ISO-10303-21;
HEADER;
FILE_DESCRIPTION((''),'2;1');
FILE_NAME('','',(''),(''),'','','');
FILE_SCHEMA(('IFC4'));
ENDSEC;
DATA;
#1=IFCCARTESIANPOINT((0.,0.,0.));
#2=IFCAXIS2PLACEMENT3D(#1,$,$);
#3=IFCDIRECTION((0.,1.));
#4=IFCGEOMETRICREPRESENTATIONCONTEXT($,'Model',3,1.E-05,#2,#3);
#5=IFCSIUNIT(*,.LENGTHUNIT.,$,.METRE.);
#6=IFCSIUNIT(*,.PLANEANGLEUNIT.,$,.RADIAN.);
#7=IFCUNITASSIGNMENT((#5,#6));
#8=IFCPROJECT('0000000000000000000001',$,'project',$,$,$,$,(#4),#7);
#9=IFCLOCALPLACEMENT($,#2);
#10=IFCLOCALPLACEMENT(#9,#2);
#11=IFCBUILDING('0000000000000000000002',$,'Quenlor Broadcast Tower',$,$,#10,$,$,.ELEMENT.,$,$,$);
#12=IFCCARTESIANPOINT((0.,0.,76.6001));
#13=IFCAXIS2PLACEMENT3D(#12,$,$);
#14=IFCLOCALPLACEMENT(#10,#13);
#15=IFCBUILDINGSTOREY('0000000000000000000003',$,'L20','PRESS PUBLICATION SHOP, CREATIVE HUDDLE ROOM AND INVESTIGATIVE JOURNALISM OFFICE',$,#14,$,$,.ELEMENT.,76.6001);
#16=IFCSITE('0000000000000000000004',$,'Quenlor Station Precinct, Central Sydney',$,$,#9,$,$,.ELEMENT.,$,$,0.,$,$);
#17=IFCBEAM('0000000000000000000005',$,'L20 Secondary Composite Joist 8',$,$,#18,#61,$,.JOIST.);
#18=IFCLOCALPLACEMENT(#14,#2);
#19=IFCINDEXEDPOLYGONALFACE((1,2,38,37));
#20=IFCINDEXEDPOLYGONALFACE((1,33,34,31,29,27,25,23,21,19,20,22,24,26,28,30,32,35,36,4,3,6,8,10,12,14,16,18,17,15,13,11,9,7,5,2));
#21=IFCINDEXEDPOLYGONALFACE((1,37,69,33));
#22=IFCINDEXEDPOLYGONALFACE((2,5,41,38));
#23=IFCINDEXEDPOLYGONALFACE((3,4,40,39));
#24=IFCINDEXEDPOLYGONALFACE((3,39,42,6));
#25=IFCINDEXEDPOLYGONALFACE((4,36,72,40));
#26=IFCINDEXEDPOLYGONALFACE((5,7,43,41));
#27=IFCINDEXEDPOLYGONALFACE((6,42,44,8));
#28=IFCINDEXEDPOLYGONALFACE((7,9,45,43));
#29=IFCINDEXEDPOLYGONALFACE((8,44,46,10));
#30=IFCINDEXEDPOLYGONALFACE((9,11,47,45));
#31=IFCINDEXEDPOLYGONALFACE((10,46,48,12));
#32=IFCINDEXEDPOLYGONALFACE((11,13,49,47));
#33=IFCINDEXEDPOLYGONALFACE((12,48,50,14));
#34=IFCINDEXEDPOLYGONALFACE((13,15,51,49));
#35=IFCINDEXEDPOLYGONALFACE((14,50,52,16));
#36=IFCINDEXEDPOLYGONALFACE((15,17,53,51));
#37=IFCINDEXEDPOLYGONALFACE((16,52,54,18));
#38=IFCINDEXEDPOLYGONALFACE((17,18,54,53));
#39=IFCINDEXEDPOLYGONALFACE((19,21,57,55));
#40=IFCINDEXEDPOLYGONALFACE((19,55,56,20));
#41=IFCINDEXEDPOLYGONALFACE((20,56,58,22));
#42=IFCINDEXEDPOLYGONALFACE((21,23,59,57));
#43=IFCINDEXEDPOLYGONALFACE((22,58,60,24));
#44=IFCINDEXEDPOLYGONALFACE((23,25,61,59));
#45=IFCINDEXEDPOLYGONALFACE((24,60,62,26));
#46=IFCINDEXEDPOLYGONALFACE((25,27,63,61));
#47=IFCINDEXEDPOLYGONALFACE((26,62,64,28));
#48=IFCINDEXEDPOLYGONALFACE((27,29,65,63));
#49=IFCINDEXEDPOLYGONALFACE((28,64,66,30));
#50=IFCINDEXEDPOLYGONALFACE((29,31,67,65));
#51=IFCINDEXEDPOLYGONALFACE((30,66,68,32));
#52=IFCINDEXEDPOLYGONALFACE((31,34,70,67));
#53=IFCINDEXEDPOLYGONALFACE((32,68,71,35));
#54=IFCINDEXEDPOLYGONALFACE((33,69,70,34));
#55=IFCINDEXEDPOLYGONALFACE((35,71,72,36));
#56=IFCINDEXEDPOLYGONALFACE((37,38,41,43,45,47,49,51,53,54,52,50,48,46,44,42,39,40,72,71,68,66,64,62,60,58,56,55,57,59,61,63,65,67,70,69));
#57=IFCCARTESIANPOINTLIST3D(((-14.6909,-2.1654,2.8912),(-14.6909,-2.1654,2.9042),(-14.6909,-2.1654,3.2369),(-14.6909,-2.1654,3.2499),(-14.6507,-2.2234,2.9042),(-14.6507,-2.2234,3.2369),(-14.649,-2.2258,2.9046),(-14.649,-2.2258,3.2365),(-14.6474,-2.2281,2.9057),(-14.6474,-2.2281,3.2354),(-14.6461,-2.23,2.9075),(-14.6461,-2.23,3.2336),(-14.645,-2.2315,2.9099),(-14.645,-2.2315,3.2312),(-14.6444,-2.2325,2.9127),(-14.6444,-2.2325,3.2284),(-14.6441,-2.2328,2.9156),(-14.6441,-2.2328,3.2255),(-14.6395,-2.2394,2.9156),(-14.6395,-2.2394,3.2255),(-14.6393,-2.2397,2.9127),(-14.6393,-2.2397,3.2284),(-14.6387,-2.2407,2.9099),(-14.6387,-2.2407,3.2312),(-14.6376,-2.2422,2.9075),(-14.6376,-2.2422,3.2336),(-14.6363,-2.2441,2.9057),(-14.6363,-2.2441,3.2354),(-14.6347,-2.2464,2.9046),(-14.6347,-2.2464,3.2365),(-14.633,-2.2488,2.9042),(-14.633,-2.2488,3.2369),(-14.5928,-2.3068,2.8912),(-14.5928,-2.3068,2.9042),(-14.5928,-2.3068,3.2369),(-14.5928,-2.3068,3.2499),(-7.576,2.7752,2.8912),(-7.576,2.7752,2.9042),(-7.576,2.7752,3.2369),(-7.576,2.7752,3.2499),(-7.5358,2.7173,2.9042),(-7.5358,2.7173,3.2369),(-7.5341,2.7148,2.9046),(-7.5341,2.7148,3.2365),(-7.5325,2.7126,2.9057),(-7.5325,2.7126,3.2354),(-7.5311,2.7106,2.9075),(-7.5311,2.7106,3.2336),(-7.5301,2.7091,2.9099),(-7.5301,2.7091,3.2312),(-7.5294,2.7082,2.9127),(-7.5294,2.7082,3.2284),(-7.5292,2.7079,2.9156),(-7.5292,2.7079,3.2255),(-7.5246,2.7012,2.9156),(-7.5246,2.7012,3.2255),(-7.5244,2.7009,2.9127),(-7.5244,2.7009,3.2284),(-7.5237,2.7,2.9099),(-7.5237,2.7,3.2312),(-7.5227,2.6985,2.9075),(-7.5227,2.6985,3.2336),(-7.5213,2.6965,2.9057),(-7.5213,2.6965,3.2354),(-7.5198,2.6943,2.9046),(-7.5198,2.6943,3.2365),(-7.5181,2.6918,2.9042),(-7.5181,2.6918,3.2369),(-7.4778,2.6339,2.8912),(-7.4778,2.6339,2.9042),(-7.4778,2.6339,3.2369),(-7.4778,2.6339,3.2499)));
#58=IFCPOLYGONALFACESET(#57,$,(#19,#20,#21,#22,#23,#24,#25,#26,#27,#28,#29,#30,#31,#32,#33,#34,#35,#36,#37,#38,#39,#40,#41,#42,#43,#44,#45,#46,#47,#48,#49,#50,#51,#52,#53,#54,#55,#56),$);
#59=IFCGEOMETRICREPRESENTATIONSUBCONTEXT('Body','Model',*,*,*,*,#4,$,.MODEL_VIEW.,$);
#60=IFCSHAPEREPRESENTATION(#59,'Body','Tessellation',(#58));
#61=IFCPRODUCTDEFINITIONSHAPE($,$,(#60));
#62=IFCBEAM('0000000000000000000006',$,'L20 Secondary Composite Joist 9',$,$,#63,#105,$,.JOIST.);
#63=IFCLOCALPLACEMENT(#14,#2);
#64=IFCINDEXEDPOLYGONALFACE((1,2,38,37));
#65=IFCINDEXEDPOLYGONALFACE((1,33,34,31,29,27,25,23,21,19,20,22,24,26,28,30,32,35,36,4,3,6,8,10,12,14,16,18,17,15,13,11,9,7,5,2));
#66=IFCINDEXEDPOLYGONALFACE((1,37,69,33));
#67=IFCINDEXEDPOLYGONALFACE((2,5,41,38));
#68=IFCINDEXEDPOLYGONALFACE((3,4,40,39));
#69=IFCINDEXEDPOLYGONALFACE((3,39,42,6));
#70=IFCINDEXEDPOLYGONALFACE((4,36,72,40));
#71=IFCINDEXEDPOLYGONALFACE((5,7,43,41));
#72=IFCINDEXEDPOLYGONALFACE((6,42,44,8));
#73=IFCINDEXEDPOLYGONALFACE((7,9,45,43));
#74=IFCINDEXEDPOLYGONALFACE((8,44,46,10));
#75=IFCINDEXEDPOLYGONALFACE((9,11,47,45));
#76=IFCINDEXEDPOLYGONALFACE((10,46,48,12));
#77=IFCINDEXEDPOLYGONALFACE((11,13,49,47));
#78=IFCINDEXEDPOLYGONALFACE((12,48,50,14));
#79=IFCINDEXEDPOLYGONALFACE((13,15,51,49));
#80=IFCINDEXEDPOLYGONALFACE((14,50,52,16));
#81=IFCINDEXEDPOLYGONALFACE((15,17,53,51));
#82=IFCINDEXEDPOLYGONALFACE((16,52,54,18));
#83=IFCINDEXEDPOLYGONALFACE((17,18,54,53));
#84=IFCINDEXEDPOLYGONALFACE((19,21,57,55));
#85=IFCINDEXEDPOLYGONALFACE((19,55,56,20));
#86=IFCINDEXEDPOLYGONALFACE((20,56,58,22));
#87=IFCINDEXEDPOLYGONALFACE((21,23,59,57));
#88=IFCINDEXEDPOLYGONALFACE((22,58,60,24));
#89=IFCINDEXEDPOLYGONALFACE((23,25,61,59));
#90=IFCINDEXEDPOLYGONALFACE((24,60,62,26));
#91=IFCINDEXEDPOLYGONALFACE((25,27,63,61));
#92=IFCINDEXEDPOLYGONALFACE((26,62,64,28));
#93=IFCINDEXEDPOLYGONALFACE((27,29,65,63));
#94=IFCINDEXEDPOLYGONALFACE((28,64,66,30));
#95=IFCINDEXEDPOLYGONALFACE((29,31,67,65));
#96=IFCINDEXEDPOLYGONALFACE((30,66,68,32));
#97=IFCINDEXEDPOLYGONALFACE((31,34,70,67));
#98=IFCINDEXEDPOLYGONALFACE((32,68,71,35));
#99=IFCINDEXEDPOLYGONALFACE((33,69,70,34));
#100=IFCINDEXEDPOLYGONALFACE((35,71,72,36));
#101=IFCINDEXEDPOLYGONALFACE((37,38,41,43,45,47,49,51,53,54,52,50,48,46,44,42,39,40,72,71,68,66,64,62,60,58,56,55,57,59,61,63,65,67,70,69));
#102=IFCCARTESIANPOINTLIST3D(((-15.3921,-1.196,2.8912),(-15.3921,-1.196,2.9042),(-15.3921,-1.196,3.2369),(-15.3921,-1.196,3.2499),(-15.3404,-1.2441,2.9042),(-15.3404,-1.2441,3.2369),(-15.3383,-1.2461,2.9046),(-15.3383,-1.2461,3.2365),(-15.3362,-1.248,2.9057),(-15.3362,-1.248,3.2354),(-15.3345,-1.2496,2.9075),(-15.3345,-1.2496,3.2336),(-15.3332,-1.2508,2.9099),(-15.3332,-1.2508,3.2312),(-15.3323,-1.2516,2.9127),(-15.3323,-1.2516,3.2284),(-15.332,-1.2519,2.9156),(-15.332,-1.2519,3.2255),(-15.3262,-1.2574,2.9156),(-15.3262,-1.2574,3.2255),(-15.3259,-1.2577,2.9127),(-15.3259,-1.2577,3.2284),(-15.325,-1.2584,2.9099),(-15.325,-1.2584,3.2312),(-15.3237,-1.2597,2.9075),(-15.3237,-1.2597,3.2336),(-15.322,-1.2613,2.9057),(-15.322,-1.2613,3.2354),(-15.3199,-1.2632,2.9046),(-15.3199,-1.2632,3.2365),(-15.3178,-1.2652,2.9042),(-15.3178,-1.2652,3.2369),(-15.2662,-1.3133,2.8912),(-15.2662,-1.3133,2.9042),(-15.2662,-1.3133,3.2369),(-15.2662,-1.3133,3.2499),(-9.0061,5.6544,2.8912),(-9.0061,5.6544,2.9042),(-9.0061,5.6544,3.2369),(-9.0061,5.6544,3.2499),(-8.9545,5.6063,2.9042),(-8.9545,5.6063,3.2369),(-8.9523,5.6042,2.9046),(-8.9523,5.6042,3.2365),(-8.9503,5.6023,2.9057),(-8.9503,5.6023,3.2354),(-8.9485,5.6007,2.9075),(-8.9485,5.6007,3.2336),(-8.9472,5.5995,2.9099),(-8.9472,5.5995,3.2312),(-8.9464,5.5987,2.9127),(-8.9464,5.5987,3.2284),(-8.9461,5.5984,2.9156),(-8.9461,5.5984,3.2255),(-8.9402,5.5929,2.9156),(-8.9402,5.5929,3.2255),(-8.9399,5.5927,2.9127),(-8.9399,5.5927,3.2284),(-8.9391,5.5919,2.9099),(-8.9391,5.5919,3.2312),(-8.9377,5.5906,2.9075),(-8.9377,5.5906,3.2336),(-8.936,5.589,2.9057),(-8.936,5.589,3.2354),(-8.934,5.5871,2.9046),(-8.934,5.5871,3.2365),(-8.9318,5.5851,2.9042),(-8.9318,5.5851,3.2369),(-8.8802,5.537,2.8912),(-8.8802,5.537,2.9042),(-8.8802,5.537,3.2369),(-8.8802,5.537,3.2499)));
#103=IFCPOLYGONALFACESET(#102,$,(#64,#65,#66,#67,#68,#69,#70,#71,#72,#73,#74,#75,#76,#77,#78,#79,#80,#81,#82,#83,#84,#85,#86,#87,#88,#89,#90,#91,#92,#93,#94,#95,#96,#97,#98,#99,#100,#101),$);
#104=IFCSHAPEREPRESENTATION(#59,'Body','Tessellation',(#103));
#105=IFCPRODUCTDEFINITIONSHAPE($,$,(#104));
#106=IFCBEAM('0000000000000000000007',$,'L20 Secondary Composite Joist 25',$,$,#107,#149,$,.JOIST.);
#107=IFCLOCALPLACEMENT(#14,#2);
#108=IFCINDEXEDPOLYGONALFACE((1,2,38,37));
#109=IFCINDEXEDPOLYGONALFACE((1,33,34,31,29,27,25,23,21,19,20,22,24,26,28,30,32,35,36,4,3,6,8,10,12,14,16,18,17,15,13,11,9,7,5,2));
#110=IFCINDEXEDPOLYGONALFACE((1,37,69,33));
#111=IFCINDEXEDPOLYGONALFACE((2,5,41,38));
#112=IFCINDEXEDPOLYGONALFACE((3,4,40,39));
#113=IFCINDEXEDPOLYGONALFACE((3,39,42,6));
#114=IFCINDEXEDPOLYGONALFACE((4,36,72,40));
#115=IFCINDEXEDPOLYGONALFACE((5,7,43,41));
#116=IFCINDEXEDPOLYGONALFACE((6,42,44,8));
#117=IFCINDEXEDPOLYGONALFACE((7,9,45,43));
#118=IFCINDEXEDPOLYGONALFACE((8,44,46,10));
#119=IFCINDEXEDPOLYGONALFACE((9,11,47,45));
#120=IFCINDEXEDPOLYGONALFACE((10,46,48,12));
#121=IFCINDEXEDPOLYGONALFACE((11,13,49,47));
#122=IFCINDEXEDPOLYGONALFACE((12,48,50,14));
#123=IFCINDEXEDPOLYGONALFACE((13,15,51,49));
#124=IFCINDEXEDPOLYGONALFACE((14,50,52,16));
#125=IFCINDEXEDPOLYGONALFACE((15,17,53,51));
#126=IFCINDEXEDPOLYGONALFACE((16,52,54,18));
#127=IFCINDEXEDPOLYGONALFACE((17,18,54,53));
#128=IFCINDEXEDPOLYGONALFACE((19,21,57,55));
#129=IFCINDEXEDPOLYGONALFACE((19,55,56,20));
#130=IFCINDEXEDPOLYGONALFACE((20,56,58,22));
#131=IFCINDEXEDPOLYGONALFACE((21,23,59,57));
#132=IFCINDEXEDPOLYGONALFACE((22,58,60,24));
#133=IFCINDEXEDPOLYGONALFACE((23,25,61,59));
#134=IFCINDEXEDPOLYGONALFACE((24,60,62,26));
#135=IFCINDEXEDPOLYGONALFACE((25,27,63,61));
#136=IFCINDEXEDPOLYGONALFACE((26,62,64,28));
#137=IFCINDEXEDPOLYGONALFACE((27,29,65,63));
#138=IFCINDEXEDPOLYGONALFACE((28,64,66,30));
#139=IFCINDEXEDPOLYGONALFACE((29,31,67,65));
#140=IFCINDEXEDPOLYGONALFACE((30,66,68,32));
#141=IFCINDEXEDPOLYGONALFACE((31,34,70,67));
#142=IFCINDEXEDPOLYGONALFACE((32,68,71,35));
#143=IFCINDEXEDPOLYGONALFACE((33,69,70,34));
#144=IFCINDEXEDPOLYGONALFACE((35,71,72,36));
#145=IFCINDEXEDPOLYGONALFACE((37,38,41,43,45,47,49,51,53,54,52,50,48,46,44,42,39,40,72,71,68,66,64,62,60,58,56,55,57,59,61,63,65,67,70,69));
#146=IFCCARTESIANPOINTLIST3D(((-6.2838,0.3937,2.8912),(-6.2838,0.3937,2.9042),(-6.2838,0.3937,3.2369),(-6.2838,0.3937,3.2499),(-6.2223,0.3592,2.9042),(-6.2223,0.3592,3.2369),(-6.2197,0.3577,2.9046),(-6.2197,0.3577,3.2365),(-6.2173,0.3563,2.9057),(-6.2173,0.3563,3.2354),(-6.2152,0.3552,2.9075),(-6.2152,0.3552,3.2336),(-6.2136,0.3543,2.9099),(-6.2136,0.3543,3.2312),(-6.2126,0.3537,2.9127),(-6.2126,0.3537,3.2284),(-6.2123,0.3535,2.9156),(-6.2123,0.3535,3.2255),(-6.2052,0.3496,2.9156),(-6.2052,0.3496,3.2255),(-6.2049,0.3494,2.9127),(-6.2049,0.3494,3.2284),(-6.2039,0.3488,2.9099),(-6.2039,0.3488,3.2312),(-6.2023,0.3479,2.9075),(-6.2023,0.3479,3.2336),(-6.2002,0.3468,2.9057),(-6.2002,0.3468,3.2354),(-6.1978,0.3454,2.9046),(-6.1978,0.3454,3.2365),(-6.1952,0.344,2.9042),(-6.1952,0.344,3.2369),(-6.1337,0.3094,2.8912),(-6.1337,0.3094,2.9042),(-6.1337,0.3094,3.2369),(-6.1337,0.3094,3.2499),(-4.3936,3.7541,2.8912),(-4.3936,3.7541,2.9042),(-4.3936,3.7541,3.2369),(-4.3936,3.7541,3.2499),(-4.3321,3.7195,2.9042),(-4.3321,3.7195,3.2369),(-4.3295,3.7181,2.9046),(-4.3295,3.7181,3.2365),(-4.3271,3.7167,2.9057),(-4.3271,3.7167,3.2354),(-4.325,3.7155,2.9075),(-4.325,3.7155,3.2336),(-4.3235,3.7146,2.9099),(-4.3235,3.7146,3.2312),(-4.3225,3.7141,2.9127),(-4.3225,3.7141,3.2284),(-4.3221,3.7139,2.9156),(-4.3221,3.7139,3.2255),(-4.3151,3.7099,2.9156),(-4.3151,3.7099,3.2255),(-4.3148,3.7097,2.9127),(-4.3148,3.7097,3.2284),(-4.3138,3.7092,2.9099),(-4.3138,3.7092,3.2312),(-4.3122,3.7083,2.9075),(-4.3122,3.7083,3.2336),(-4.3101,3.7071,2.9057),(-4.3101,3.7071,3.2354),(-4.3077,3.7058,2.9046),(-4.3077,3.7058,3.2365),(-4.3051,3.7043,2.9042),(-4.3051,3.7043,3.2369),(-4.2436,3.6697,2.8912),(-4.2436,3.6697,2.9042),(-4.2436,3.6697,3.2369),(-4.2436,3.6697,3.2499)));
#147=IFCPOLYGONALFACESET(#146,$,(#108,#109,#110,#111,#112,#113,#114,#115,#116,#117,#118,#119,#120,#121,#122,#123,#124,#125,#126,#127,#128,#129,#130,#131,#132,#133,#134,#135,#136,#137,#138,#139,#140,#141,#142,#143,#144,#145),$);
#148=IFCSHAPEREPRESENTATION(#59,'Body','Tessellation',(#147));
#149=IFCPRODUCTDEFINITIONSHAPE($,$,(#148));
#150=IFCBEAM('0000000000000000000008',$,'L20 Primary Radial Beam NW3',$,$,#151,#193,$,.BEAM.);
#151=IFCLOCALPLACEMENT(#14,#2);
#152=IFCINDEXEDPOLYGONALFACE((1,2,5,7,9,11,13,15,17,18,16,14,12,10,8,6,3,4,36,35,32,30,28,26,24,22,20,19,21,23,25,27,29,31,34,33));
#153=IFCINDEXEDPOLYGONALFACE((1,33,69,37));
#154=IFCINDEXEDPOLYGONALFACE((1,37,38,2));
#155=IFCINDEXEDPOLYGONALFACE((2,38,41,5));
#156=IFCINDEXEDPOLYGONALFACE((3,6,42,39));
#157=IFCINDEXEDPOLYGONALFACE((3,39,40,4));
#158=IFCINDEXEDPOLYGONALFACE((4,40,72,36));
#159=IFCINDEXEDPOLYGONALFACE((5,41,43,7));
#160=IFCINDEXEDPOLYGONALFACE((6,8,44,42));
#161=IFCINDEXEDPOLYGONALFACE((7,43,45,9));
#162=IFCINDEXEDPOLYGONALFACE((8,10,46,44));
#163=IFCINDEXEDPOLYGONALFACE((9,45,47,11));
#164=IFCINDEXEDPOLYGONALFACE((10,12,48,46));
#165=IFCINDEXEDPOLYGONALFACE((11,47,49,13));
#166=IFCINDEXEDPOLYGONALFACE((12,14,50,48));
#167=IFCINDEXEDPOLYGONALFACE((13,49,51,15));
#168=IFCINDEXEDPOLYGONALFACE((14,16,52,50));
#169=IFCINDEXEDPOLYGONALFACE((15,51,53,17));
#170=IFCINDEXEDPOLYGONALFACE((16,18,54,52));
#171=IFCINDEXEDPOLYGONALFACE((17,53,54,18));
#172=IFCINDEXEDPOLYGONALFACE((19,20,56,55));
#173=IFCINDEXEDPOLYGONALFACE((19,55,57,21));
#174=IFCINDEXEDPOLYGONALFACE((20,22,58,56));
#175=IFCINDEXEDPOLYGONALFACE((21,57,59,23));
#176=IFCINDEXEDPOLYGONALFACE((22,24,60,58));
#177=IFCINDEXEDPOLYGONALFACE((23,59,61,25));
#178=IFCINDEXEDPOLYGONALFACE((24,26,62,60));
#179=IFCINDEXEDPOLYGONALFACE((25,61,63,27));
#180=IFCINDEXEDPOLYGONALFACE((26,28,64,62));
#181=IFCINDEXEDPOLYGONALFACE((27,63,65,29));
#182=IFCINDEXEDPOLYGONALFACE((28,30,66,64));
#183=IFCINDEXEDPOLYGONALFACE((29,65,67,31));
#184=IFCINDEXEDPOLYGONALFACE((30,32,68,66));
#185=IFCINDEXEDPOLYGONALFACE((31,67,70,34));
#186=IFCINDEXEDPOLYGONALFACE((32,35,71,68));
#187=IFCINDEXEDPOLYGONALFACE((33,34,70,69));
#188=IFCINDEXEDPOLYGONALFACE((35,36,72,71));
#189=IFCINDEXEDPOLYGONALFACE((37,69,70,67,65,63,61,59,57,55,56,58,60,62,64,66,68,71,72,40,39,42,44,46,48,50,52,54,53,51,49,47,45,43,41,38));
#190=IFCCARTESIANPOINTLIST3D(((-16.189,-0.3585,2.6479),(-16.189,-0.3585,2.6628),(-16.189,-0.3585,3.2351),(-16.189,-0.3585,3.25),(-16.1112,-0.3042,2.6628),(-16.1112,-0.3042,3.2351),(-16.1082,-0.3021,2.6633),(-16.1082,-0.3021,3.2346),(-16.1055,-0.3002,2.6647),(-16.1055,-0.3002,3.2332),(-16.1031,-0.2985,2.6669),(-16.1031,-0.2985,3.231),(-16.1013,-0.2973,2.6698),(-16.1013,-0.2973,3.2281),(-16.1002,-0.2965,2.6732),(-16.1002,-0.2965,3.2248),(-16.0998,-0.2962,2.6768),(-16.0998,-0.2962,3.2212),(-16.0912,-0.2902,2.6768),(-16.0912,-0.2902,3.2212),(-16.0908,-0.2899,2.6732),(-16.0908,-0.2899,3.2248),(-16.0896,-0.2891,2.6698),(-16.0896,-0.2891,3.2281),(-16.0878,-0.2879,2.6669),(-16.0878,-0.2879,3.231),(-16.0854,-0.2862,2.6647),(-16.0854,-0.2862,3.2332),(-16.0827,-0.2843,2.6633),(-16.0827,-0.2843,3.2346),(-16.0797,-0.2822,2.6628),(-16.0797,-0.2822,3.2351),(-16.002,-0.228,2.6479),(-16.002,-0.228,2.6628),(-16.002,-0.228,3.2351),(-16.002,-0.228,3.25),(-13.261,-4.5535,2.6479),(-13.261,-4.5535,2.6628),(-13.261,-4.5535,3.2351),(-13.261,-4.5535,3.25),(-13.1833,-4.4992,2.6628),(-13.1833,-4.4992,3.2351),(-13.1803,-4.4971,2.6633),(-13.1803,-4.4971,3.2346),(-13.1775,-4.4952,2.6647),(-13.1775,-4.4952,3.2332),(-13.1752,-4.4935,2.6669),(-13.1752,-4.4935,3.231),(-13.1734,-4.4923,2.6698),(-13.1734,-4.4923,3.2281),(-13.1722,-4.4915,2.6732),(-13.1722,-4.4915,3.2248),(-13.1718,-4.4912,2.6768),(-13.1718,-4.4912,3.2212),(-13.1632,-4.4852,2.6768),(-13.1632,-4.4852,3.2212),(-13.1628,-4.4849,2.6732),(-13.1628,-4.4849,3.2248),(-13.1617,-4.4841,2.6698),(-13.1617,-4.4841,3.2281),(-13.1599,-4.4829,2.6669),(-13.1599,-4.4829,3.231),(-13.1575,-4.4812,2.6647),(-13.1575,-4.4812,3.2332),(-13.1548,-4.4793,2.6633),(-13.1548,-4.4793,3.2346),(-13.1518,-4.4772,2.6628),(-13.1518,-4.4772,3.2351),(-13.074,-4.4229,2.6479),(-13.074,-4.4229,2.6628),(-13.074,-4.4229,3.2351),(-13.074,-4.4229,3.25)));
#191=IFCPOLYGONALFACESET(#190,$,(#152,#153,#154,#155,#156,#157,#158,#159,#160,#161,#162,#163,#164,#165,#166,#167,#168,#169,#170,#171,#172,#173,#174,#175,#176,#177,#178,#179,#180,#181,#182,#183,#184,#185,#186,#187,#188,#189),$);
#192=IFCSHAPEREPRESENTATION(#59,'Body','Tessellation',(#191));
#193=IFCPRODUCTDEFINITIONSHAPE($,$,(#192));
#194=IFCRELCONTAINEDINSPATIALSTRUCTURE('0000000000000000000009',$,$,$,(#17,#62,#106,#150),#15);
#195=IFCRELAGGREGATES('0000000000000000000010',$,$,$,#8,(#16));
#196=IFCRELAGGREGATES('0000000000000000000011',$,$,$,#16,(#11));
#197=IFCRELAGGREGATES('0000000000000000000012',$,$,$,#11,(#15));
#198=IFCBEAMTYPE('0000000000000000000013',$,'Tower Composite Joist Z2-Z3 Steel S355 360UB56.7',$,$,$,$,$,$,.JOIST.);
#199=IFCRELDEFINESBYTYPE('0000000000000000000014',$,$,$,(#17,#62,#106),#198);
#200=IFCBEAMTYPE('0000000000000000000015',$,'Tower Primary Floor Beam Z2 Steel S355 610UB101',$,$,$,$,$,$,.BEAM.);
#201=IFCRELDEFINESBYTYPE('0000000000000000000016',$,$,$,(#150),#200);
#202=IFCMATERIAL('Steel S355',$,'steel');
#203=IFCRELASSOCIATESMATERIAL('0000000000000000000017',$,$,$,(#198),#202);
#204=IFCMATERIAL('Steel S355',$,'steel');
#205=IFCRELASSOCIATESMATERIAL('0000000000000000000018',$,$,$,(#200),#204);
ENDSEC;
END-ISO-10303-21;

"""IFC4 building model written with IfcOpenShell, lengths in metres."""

from ifc_helpers import new_model, si_unit, direction, frame, origin, origin_2d, place, context, subcontext, project, spatial, i_section, extrude, material, material_profile, profile_set, type_object, element, save


model = new_model("IFC4")

# Units and contexts
model_context = context("Model", 3, precision=1e-05, world=origin(), true_north=direction((0.0, 1.0)))
body_context = subcontext(model_context, "Body", "Model", "MODEL_VIEW")
ifc_project = project(units=[si_unit("LENGTHUNIT", "METRE"), si_unit("PLANEANGLEUNIT", "RADIAN")], contexts=[model_context])

# Site, building, storey
site_placement = place(None, origin())
site = spatial("IfcSite", under=ifc_project, at=site_placement, Name="Quenlor Station Precinct, Central Sydney", CompositionType="ELEMENT", RefElevation=0.0)
building_placement = place(site_placement, origin())
building = spatial("IfcBuilding", under=site, at=building_placement, Name="Quenlor Broadcast Tower", CompositionType="ELEMENT")
storey_placement = place(building_placement, frame((0.0, 0.0, 76.6001)))
storey = spatial("IfcBuildingStorey", under=building, at=storey_placement, Name="L20", Description="PRESS PUBLICATION SHOP, CREATIVE HUDDLE ROOM AND INVESTIGATIVE JOURNALISM OFFICE", CompositionType="ELEMENT", Elevation=76.6001)

# Beams
ifc_material_1 = material(Name="Steel S355", Category="steel")
ifc_material_profile_1 = material_profile(ifc_material_1, i_section(OverallWidth=0.1721, OverallDepth=0.3586, WebThickness=0.0081, FlangeThickness=0.0129, FilletRadius=0.0115, at=origin_2d()))
ifc_profile_set_1 = profile_set([ifc_material_profile_1], Name="Steel S355 360UB56.7")
beam_type_1 = type_object("IfcBeamType", Name="Tower Composite Joist Z2-Z3 Steel S355 360UB56.7", PredefinedType="JOIST", material=ifc_profile_set_1)
beam_1_placement = place(storey_placement, frame((-14.6418, -2.2361, 3.0706), z_axis=(0.821386, 0.570373, 0.0), x_axis=(-0.570373, 0.821386, 0.0)))
element("IfcBeam", 1, at=beam_1_placement, inside=storey, type_object=beam_type_1, Name="L20 Secondary Composite Joist 8", PredefinedType="JOIST", context=body_context, shape_type="SweptSolid", body=[
    extrude(i_section(OverallWidth=0.1721, OverallDepth=0.3586, WebThickness=0.0081, FlangeThickness=0.0129, FilletRadius=0.0115, at=origin_2d()), origin(), (0.0, 0.0, 1.0), 8.6621),
])
beam_2_placement = place(storey_placement, frame((-15.3291, -1.2546, 3.0706), z_axis=(0.681881, 0.731463, 0.0), x_axis=(-0.731463, 0.681881, 0.0)))
element("IfcBeam", 2, at=beam_2_placement, inside=storey, type_object=beam_type_1, Name="L20 Secondary Composite Joist 9", PredefinedType="JOIST", context=body_context, shape_type="SweptSolid", body=[
    extrude(i_section(OverallWidth=0.1721, OverallDepth=0.3586, WebThickness=0.0081, FlangeThickness=0.0129, FilletRadius=0.0115, at=origin_2d()), origin(), (0.0, 0.0, 1.0), 9.3652),
])
beam_3_placement = place(storey_placement, frame((-4.3186, 3.7119, 3.0706), z_axis=(-0.490249, -0.871582, 0.0), x_axis=(0.871582, -0.490249, 0.0)))
element("IfcBeam", 3, at=beam_3_placement, inside=storey, type_object=beam_type_1, Name="L20 Secondary Composite Joist 25", PredefinedType="JOIST", context=body_context, shape_type="SweptSolid", body=[
    extrude(i_section(OverallWidth=0.1721, OverallDepth=0.3586, WebThickness=0.0081, FlangeThickness=0.0129, FilletRadius=0.0115, at=origin_2d()), origin(), (0.0, 0.0, 1.0), 3.8555),
])
ifc_material_2 = material(Name="Steel S355", Category="steel")
ifc_material_profile_2 = material_profile(ifc_material_2, i_section(OverallWidth=0.228, OverallDepth=0.6021, WebThickness=0.0105, FlangeThickness=0.0149, FilletRadius=0.0139, at=origin_2d()))
ifc_profile_set_2 = profile_set([ifc_material_profile_2], Name="Steel S355 610UB101")
beam_type_2 = type_object("IfcBeamType", Name="Tower Primary Floor Beam Z2 Steel S355 610UB101", PredefinedType="BEAM", material=ifc_profile_set_2)
beam_4_placement = place(storey_placement, frame((-16.0955, -0.2932, 2.949), z_axis=(0.572338, -0.820018, 0.0), x_axis=(0.820018, 0.572338, 0.0)))
element("IfcBeam", 4, at=beam_4_placement, inside=storey, type_object=beam_type_2, Name="L20 Primary Radial Beam NW3", PredefinedType="BEAM", context=body_context, shape_type="SweptSolid", body=[
    extrude(i_section(OverallWidth=0.228, OverallDepth=0.6021, WebThickness=0.0105, FlangeThickness=0.0149, FilletRadius=0.0139, at=origin_2d()), origin(), (0.0, 0.0, 1.0), 5.1157),
])

save(model, "model.ifc")
